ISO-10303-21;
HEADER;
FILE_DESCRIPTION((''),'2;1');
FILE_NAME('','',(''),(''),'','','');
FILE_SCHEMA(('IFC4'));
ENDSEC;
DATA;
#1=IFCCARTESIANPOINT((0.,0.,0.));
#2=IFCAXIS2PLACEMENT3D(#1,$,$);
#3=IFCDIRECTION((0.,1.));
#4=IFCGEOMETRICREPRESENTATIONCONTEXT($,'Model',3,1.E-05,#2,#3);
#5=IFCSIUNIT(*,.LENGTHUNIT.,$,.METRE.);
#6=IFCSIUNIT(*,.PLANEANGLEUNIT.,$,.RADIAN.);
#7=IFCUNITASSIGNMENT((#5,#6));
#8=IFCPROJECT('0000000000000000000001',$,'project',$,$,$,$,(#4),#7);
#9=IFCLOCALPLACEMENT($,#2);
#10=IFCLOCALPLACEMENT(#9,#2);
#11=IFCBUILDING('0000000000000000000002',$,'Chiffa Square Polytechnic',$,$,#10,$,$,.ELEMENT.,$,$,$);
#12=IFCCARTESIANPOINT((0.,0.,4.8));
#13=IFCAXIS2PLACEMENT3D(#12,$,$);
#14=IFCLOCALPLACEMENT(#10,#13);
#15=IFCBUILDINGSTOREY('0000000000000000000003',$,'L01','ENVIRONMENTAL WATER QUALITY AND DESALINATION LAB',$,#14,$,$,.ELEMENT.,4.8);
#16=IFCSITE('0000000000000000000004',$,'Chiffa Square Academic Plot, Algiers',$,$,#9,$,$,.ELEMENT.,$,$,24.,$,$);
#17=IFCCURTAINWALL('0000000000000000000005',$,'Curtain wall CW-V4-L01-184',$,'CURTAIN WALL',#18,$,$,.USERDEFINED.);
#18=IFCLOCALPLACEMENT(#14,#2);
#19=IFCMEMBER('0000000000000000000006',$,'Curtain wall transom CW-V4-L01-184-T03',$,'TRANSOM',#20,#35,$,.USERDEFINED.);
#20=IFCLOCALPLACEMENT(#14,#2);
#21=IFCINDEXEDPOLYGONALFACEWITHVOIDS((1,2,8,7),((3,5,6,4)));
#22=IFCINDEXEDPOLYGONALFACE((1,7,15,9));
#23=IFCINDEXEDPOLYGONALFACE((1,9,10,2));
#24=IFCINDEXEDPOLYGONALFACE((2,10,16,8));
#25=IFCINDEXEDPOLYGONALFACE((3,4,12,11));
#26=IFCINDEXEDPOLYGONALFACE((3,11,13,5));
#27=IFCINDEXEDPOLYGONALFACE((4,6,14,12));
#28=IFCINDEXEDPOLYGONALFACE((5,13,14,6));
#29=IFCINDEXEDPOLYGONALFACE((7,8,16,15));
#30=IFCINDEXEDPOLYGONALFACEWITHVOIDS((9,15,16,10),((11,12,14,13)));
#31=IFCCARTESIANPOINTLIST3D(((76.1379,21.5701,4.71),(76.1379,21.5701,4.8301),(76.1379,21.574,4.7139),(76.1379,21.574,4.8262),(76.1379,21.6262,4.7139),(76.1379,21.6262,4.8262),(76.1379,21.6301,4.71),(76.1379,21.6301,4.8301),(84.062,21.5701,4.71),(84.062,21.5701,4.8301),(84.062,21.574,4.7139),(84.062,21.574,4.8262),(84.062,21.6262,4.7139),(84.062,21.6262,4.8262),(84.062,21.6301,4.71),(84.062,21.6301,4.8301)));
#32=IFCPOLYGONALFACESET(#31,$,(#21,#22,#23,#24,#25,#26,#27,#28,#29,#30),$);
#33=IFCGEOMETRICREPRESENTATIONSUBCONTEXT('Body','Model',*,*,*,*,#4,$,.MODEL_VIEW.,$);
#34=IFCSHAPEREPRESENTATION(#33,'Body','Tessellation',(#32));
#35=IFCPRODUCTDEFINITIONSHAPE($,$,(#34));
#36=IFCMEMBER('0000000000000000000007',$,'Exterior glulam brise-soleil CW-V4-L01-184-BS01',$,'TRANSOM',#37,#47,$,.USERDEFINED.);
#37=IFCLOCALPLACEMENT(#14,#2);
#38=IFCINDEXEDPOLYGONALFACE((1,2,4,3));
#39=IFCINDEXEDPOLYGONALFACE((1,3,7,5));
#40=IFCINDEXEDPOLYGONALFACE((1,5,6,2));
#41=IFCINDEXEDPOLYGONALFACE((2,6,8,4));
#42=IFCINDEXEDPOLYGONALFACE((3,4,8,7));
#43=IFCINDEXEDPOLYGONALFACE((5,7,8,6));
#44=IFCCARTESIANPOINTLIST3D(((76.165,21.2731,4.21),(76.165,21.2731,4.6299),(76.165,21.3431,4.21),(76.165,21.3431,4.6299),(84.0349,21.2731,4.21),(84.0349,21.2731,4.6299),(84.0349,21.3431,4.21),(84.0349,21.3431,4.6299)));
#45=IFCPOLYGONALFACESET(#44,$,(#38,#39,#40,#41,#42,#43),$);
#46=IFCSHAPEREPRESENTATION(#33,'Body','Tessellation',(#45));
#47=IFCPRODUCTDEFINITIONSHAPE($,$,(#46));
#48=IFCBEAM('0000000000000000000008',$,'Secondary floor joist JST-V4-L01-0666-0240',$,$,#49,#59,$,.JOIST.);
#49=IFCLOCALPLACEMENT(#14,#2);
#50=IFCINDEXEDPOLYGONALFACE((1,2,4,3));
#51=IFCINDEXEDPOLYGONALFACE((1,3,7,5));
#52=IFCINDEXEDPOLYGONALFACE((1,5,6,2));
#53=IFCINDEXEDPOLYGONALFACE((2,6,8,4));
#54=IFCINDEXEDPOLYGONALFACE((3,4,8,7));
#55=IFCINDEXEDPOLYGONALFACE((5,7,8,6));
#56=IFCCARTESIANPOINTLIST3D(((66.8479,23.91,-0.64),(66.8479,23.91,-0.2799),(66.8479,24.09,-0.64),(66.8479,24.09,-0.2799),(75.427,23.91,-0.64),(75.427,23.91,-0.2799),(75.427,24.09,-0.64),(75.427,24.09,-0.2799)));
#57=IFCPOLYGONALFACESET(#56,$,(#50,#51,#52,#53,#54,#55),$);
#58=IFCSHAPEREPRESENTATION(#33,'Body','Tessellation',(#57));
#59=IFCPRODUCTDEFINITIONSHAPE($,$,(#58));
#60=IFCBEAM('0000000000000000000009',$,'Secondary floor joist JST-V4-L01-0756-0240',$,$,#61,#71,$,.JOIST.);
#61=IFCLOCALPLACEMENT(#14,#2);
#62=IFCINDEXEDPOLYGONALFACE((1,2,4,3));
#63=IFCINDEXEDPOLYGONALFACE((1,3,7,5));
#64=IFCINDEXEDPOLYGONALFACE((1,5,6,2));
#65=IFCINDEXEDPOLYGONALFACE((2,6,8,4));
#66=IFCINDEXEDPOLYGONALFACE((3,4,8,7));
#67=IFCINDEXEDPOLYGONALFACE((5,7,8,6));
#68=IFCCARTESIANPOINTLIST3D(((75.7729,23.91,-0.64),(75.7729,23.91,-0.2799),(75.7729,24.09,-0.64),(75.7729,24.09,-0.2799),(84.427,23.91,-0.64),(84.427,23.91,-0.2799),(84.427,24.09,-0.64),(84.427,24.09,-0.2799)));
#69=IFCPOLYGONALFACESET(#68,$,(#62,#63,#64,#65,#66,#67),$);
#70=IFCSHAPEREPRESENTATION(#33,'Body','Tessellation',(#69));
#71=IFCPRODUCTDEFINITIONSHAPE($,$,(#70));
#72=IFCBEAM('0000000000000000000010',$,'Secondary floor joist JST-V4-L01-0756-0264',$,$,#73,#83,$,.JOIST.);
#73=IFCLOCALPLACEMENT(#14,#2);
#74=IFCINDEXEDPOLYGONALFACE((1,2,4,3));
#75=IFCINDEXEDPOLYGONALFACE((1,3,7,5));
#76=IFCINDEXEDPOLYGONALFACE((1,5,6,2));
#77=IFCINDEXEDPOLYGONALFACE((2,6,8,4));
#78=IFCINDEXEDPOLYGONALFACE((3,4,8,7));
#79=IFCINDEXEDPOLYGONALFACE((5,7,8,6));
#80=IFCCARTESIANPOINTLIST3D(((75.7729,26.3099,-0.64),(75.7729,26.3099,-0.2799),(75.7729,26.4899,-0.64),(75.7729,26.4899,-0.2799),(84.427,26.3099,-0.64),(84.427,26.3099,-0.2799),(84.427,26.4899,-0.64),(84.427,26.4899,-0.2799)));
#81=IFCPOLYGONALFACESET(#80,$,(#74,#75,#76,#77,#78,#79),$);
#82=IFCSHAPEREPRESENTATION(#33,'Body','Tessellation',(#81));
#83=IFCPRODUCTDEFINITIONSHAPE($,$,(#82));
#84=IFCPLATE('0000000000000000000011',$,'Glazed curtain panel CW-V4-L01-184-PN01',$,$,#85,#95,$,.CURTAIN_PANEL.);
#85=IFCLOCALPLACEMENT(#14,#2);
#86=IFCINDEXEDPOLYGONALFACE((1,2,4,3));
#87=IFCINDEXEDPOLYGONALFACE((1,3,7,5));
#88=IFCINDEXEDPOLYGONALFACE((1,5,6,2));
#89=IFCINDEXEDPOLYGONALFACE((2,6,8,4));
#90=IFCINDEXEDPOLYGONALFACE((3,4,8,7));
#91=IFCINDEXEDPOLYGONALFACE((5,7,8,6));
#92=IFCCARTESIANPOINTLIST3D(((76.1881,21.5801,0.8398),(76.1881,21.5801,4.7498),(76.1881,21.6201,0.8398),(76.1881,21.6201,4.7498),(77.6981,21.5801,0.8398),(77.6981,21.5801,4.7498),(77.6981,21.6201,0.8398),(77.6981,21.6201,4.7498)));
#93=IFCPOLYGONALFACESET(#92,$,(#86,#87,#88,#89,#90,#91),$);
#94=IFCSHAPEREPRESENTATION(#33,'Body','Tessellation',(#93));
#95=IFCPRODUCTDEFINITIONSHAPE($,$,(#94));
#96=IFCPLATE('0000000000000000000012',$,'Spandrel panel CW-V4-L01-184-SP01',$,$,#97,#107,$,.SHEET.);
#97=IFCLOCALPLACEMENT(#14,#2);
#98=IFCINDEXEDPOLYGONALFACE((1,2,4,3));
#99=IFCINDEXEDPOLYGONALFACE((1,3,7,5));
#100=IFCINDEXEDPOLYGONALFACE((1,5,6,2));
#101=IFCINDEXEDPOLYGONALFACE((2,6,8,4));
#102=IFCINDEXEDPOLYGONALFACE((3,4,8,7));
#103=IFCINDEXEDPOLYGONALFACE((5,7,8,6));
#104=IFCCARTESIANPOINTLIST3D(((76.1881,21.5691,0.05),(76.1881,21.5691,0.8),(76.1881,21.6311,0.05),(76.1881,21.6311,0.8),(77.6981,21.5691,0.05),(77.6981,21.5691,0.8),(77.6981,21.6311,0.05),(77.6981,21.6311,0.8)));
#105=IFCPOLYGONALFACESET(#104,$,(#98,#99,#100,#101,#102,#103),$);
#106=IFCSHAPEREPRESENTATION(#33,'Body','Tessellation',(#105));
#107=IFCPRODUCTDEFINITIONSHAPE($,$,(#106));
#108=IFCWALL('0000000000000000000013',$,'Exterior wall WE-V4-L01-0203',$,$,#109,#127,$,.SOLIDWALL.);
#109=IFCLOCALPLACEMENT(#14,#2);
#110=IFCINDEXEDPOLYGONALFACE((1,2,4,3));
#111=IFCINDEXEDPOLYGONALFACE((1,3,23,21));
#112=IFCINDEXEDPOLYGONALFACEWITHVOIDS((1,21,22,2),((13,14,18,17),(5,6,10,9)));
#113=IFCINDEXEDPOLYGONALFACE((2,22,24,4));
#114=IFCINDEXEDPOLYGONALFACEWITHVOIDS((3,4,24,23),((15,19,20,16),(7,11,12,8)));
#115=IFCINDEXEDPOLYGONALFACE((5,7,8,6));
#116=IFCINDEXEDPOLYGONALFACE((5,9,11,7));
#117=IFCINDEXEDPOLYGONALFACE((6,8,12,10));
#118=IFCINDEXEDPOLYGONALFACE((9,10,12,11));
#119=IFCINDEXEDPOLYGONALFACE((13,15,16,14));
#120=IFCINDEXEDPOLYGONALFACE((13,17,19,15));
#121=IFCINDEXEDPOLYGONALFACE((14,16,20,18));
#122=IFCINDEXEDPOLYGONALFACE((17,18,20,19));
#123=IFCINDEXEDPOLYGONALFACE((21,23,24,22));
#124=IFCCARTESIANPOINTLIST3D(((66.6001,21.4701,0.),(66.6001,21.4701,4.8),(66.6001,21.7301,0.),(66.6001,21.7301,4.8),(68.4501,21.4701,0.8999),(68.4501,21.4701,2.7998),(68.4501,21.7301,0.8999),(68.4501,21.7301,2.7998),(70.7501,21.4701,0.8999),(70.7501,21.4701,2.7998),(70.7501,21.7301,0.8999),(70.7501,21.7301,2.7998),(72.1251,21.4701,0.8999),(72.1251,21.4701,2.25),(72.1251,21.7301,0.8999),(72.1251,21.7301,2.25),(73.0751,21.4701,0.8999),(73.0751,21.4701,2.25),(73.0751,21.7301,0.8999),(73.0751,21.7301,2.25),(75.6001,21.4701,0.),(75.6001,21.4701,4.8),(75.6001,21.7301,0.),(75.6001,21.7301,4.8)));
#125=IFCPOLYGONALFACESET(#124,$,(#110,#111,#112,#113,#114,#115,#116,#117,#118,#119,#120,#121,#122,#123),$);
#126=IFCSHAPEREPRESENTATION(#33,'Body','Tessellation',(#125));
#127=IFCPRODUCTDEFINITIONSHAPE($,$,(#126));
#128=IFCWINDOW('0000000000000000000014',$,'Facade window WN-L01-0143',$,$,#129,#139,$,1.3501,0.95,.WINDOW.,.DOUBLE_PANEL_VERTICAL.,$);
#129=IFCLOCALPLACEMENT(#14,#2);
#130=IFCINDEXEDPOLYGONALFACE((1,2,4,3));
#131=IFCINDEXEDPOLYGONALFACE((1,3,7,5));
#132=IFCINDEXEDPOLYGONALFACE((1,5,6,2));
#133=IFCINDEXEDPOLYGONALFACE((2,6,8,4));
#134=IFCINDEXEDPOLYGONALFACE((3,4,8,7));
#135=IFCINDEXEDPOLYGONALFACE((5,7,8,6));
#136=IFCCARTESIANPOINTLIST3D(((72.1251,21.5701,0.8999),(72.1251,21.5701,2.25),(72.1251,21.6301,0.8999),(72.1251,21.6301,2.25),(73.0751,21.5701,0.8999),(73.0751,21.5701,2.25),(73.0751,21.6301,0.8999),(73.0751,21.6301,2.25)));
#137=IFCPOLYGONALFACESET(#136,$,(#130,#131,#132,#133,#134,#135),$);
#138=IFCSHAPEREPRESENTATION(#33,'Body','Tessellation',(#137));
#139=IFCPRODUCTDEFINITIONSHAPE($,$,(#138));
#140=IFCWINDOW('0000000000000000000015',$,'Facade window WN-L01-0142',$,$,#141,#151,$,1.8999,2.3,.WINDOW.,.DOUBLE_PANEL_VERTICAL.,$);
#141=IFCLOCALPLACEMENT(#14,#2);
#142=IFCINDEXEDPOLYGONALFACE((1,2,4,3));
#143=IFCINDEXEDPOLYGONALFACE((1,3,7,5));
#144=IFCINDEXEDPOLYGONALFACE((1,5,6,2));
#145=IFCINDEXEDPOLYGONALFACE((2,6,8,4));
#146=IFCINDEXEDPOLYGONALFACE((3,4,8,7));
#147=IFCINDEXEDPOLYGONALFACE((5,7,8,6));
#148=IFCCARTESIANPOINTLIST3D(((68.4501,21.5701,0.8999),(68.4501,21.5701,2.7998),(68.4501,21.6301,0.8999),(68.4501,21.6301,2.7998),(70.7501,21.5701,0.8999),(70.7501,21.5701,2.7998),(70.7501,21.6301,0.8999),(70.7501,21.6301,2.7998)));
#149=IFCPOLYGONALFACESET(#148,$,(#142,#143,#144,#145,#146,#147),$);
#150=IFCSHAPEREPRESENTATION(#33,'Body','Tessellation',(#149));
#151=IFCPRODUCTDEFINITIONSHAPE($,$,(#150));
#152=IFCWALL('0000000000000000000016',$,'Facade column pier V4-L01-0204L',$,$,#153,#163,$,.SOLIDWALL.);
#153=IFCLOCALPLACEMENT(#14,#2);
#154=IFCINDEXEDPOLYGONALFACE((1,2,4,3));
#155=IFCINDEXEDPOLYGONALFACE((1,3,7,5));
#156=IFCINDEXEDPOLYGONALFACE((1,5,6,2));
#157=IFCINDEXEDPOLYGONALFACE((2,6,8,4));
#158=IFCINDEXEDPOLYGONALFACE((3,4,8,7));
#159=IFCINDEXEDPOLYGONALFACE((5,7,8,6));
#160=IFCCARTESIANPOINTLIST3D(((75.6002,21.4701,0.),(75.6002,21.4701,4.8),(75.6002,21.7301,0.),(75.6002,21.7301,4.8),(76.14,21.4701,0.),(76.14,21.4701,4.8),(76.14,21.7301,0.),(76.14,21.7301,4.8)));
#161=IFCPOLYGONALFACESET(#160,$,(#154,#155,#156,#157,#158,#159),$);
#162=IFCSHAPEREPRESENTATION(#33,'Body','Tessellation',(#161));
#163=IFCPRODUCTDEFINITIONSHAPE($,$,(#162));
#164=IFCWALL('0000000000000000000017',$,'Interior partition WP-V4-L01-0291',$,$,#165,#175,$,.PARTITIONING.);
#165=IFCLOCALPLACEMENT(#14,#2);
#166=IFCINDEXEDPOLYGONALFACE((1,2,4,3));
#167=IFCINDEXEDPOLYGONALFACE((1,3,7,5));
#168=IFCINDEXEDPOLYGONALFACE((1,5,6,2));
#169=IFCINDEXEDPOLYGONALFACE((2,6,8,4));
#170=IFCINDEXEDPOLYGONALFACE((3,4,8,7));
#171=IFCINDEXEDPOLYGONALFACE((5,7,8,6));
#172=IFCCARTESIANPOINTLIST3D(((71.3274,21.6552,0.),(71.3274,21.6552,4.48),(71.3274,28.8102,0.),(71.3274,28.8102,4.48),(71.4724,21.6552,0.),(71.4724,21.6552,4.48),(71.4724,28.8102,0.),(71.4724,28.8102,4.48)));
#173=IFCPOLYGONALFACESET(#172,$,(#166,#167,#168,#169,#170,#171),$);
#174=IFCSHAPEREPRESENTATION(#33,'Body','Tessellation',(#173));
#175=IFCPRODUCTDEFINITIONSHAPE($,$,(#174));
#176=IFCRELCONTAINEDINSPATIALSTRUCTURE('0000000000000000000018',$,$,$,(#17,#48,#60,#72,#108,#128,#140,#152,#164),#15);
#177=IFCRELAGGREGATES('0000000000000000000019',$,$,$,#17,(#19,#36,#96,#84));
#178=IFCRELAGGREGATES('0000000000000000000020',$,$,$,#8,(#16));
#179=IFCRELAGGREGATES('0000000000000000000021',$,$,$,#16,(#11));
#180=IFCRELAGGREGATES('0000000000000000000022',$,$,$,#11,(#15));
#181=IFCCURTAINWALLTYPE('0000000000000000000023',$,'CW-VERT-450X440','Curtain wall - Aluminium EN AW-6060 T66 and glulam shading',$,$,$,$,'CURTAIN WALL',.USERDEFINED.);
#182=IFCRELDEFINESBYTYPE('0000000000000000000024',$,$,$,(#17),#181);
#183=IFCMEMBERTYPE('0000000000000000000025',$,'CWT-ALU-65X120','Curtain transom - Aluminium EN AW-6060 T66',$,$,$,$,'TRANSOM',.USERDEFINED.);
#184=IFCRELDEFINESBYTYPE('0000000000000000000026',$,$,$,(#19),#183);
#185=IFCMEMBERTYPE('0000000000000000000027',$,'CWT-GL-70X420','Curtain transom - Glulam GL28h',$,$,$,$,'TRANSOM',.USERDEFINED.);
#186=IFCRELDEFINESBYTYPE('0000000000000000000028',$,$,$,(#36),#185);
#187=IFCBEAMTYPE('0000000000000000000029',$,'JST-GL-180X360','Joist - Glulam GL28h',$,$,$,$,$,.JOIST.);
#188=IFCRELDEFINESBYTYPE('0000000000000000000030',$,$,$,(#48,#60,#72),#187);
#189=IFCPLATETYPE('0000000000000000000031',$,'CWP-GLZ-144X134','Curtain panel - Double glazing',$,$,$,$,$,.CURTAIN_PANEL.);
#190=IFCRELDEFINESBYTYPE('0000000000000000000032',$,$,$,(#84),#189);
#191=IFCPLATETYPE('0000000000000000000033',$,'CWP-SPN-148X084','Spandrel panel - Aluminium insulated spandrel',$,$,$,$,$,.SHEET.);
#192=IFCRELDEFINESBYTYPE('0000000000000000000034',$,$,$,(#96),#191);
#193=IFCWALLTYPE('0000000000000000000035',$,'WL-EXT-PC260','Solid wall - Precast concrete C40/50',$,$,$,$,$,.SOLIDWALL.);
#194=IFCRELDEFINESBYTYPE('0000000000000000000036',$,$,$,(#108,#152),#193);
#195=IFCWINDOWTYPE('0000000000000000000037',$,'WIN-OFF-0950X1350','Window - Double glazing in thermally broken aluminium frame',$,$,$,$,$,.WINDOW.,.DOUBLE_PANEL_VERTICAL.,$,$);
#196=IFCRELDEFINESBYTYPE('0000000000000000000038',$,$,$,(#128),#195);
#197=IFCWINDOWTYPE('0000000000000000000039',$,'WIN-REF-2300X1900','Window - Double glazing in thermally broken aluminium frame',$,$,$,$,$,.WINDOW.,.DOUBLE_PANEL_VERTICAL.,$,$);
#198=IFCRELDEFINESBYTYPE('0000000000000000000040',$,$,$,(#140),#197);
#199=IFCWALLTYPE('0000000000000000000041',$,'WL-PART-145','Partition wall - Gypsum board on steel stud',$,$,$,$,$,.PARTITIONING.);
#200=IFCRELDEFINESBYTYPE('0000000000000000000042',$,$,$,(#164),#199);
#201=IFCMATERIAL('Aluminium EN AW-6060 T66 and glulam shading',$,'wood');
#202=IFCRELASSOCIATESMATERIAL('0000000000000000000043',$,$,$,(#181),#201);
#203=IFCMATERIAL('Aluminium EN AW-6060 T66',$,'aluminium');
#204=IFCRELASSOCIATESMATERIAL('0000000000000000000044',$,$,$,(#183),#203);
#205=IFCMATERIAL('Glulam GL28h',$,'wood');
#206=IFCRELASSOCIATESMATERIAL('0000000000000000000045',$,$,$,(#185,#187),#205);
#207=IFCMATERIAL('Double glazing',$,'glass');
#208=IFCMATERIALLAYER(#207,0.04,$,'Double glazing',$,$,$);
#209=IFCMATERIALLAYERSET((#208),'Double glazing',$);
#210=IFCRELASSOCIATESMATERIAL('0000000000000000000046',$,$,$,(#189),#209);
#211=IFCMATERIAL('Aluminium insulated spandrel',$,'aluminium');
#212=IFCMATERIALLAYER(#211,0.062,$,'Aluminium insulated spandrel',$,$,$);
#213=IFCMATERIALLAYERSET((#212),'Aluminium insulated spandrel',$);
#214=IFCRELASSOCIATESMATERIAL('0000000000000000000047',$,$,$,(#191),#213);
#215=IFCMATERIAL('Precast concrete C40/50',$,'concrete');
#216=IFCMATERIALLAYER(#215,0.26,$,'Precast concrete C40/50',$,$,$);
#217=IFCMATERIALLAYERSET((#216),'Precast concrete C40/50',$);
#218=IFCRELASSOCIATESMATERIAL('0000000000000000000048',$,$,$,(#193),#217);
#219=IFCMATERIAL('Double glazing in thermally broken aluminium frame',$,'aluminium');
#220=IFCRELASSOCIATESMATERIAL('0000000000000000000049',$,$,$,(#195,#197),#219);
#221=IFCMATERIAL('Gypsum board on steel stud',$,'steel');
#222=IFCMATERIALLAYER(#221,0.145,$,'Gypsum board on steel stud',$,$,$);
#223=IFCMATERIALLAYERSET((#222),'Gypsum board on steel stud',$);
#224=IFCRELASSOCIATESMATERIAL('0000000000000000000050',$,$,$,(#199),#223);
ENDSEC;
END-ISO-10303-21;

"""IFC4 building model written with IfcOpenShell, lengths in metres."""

from ifc_helpers import new_model, si_unit, direction, frame, frame_2d, origin, origin_2d, place, context, subcontext, project, spatial, rectangle, hollow_rectangle, extrude, material, layer, layer_set, material_profile, profile_set, type_object, element, fill, aggregate, save


model = new_model("IFC4")

# Units and contexts
model_context = context("Model", 3, precision=1e-05, world=origin(), true_north=direction((0.0, 1.0)))
body_context = subcontext(model_context, "Body", "Model", "MODEL_VIEW")
ifc_project = project(units=[si_unit("LENGTHUNIT", "METRE"), si_unit("PLANEANGLEUNIT", "RADIAN")], contexts=[model_context])

# Site, building, storey
site_placement = place(None, origin())
site = spatial("IfcSite", under=ifc_project, at=site_placement, Name="Chiffa Square Academic Plot, Algiers", CompositionType="ELEMENT", RefElevation=24.0)
building_placement = place(site_placement, origin())
building = spatial("IfcBuilding", under=site, at=building_placement, Name="Chiffa Square Polytechnic", CompositionType="ELEMENT")
storey_placement = place(building_placement, frame((0.0, 0.0, 4.8)))
storey = spatial("IfcBuildingStorey", under=building, at=storey_placement, Name="L01", Description="ENVIRONMENTAL WATER QUALITY AND DESALINATION LAB", CompositionType="ELEMENT", Elevation=4.8)

# Curtain wall, members
ifc_material_1 = material(Name="Aluminium EN AW-6060 T66 and glulam shading", Category="wood")
curtain_wall_type = type_object("IfcCurtainWallType", Name="CW-VERT-450X440", Description="Curtain wall - Aluminium EN AW-6060 T66 and glulam shading", ElementType="CURTAIN WALL", PredefinedType="USERDEFINED", material=ifc_material_1)
curtain_wall_placement = place(storey_placement, origin())
curtain_wall = element("IfcCurtainWall", 1, at=curtain_wall_placement, inside=storey, type_object=curtain_wall_type, Name="Curtain wall CW-V4-L01-184", ObjectType="CURTAIN WALL", PredefinedType="USERDEFINED")
ifc_material_2 = material(Name="Aluminium EN AW-6060 T66", Category="aluminium")
ifc_material_3 = material(Name="Glulam GL28h", Category="wood")
ifc_material_profile_1 = material_profile(ifc_material_2, hollow_rectangle(XDim=0.0601, YDim=0.1201, WallThickness=0.0039, at=origin_2d()), Name="ALU 60x120x4")
ifc_profile_set_1 = profile_set([ifc_material_profile_1], Name="Aluminium EN AW-6060 T66")
member_type_1 = type_object("IfcMemberType", Name="CWT-ALU-65X120", Description="Curtain transom - Aluminium EN AW-6060 T66", ElementType="TRANSOM", PredefinedType="USERDEFINED", material=ifc_profile_set_1)
member_1_placement = place(storey_placement, frame((76.1379, 21.6001, 4.77), z_axis=(1.0, 0.0, 0.0), x_axis=(0.0, 1.0, 0.0)))
member_1 = element("IfcMember", 2, at=member_1_placement, type_object=member_type_1, Name="Curtain wall transom CW-V4-L01-184-T03", ObjectType="TRANSOM", PredefinedType="USERDEFINED", context=body_context, shape_type="SweptSolid", body=[
    extrude(hollow_rectangle(XDim=0.0601, YDim=0.1201, WallThickness=0.0039, at=origin_2d()), origin(), (0.0, 0.0, 1.0), 7.9241),
])
ifc_material_profile_2 = material_profile(ifc_material_3, rectangle(XDim=0.0701, YDim=0.4199, at=origin_2d()), Name="GL28h 70x420")
ifc_profile_set_2 = profile_set([ifc_material_profile_2], Name="Glulam GL28h")
member_type_2 = type_object("IfcMemberType", Name="CWT-GL-70X420", Description="Curtain transom - Glulam GL28h", ElementType="TRANSOM", PredefinedType="USERDEFINED", material=ifc_profile_set_2)
member_2_placement = place(storey_placement, frame((76.165, 21.3081, 4.4199), z_axis=(1.0, 0.0, 0.0), x_axis=(0.0, 1.0, 0.0)))
member_2 = element("IfcMember", 3, at=member_2_placement, type_object=member_type_2, Name="Exterior glulam brise-soleil CW-V4-L01-184-BS01", ObjectType="TRANSOM", PredefinedType="USERDEFINED", context=body_context, shape_type="SweptSolid", body=[
    extrude(rectangle(XDim=0.0701, YDim=0.4199, at=origin_2d()), origin(), (0.0, 0.0, 1.0), 7.8699),
])

# Beams
ifc_material_profile_3 = material_profile(ifc_material_3, rectangle(XDim=0.1799, YDim=0.3601, at=origin_2d()), Name="GL28h 180x360")
ifc_profile_set_3 = profile_set([ifc_material_profile_3], Name="Glulam GL28h")
beam_type_1 = type_object("IfcBeamType", Name="JST-GL-180X360", Description="Joist - Glulam GL28h", PredefinedType="JOIST", material=ifc_profile_set_3)
beam_1_placement = place(storey_placement, frame((66.8479, 24.0, -0.46), z_axis=(1.0, 0.0, 0.0), x_axis=(0.0, 1.0, 0.0)))
element("IfcBeam", 4, at=beam_1_placement, inside=storey, type_object=beam_type_1, Name="Secondary floor joist JST-V4-L01-0666-0240", PredefinedType="JOIST", context=body_context, shape_type="SweptSolid", body=[
    extrude(rectangle(XDim=0.1799, YDim=0.3601, at=origin_2d()), origin(), (0.0, 0.0, 1.0), 8.5791),
])
for number, where, z_axis, x_axis, name in (
    (5, (75.7729, 24.0, -0.46), (1.0, 0.0, 0.0), (0.0, 1.0, 0.0), "Secondary floor joist JST-V4-L01-0756-0240"),
    (6, (75.7729, 26.3999, -0.46), (1.0, 0.0, 0.0), (0.0, 1.0, 0.0), "Secondary floor joist JST-V4-L01-0756-0264"),
):
    element("IfcBeam", number, at=place(storey_placement, frame(where, z_axis=z_axis, x_axis=x_axis)), inside=storey, type_object=beam_type_1, Name=name, PredefinedType="JOIST", context=body_context, shape_type="SweptSolid", body=[
        extrude(rectangle(XDim=0.1799, YDim=0.3601, at=origin_2d()), origin(), (0.0, 0.0, 1.0), 8.6541),
    ])

# Plates
ifc_material_4 = material(Name="Double glazing", Category="glass")
ifc_layer_1 = layer(ifc_material_4, 0.04, Name="Double glazing")
ifc_layer_set_1 = layer_set([ifc_layer_1], Name="Double glazing")
plate_type_1 = type_object("IfcPlateType", Name="CWP-GLZ-144X134", Description="Curtain panel - Double glazing", PredefinedType="CURTAIN_PANEL", material=ifc_layer_set_1)
plate_1_placement = place(storey_placement, frame((76.9431, 21.6001, 0.8398), z_axis=(0.0, 0.0, 1.0), x_axis=(1.0, 0.0, 0.0)))
plate_1 = element("IfcPlate", 7, at=plate_1_placement, type_object=plate_type_1, Name="Glazed curtain panel CW-V4-L01-184-PN01", PredefinedType="CURTAIN_PANEL", context=body_context, shape_type="SweptSolid", body=[
    extrude(rectangle(XDim=1.51, YDim=0.04, at=origin_2d()), origin(), (0.0, 0.0, 1.0), 3.9099),
])
ifc_material_5 = material(Name="Aluminium insulated spandrel", Category="aluminium")
ifc_layer_2 = layer(ifc_material_5, 0.062, Name="Aluminium insulated spandrel")
ifc_layer_set_2 = layer_set([ifc_layer_2], Name="Aluminium insulated spandrel")
plate_type_2 = type_object("IfcPlateType", Name="CWP-SPN-148X084", Description="Spandrel panel - Aluminium insulated spandrel", PredefinedType="SHEET", material=ifc_layer_set_2)
plate_2_placement = place(storey_placement, frame((76.9431, 21.6001, 0.05), z_axis=(0.0, 0.0, 1.0), x_axis=(1.0, 0.0, 0.0)))
plate_2 = element("IfcPlate", 8, at=plate_2_placement, type_object=plate_type_2, Name="Spandrel panel CW-V4-L01-184-SP01", PredefinedType="SHEET", context=body_context, shape_type="SweptSolid", body=[
    extrude(rectangle(XDim=1.51, YDim=0.062, at=origin_2d()), origin(), (0.0, 0.0, 1.0), 0.75),
])
aggregate(curtain_wall, [member_1, member_2, plate_2, plate_1])

# Wall, openings, windows
ifc_material_6 = material(Name="Precast concrete C40/50", Category="concrete")
ifc_layer_3 = layer(ifc_material_6, 0.26, Name="Precast concrete C40/50")
ifc_layer_set_3 = layer_set([ifc_layer_3], Name="Precast concrete C40/50")
wall_type_1 = type_object("IfcWallType", Name="WL-EXT-PC260", Description="Solid wall - Precast concrete C40/50", PredefinedType="SOLIDWALL", material=ifc_layer_set_3)
wall_1_placement = place(storey_placement, frame((66.6001, 21.6001, 0.0), z_axis=(0.0, 0.0, 1.0), x_axis=(1.0, 0.0, 0.0)))
wall_1 = element("IfcWall", 9, at=wall_1_placement, inside=storey, type_object=wall_type_1, Name="Exterior wall WE-V4-L01-0203", PredefinedType="SOLIDWALL", context=body_context, shape_type="SweptSolid", body=[
    extrude(rectangle(XDim=9.0, YDim=0.26, at=frame_2d((4.5, 0.0))), origin(), (0.0, 0.0, 1.0), 4.8),
])
opening_1_placement = place(wall_1_placement, frame((1.8501, 0.0, 0.8999)))
opening_1 = element("IfcOpeningElement", 10, at=opening_1_placement, cuts=wall_1, PredefinedType="OPENING", context=body_context, shape_type="SweptSolid", body=[
    extrude(rectangle(XDim=2.3, YDim=1.8999, at=frame_2d((1.1499, 0.95))), frame((0.0, 0.1401, 0.0), z_axis=(0.0, -1.0, 0.0), x_axis=(1.0, 0.0, 0.0)), (0.0, 0.0, 1.0), 0.28),
])
opening_2_placement = place(wall_1_placement, frame((5.5249, 0.0, 0.8999)))
opening_2 = element("IfcOpeningElement", 11, at=opening_2_placement, cuts=wall_1, PredefinedType="OPENING", context=body_context, shape_type="SweptSolid", body=[
    extrude(rectangle(XDim=0.95, YDim=1.3501, at=frame_2d((0.4751, 0.675))), frame((0.0, 0.1401, 0.0), z_axis=(0.0, -1.0, 0.0), x_axis=(1.0, 0.0, 0.0)), (0.0, 0.0, 1.0), 0.28),
])
ifc_material_7 = material(Name="Double glazing in thermally broken aluminium frame", Category="aluminium")
window_type_1 = type_object("IfcWindowType", Name="WIN-OFF-0950X1350", Description="Window - Double glazing in thermally broken aluminium frame", PartitioningType="DOUBLE_PANEL_VERTICAL", PredefinedType="WINDOW", material=ifc_material_7)
window_1_placement = place(opening_2_placement, origin())
window_1 = element("IfcWindow", 12, at=window_1_placement, inside=storey, type_object=window_type_1, Name="Facade window WN-L01-0143", OverallHeight=1.3501, OverallWidth=0.95, PartitioningType="DOUBLE_PANEL_VERTICAL", PredefinedType="WINDOW", context=body_context, shape_type="SweptSolid", body=[
    extrude(rectangle(XDim=0.95, YDim=1.3501, at=frame_2d((0.4751, 0.675))), frame((0.0, 0.03, 0.0), z_axis=(0.0, -1.0, 0.0), x_axis=(1.0, 0.0, 0.0)), (0.0, 0.0, 1.0), 0.0601),
])
fill(opening_2, window_1)
window_type_2 = type_object("IfcWindowType", Name="WIN-REF-2300X1900", Description="Window - Double glazing in thermally broken aluminium frame", PartitioningType="DOUBLE_PANEL_VERTICAL", PredefinedType="WINDOW", material=ifc_material_7)
window_2_placement = place(opening_1_placement, origin())
window_2 = element("IfcWindow", 13, at=window_2_placement, inside=storey, type_object=window_type_2, Name="Facade window WN-L01-0142", OverallHeight=1.8999, OverallWidth=2.3, PartitioningType="DOUBLE_PANEL_VERTICAL", PredefinedType="WINDOW", context=body_context, shape_type="SweptSolid", body=[
    extrude(rectangle(XDim=2.3, YDim=1.8999, at=frame_2d((1.1499, 0.95))), frame((0.0, 0.03, 0.0), z_axis=(0.0, -1.0, 0.0), x_axis=(1.0, 0.0, 0.0)), (0.0, 0.0, 1.0), 0.0601),
])
fill(opening_1, window_2)

# Walls
wall_2_placement = place(storey_placement, frame((75.6001, 21.6001, 0.0), z_axis=(0.0, 0.0, 1.0), x_axis=(1.0, 0.0, 0.0)))
element("IfcWall", 14, at=wall_2_placement, inside=storey, type_object=wall_type_1, Name="Facade column pier V4-L01-0204L", PredefinedType="SOLIDWALL", context=body_context, shape_type="SweptSolid", body=[
    extrude(rectangle(XDim=0.5398, YDim=0.26, at=frame_2d((0.27, 0.0))), origin(), (0.0, 0.0, 1.0), 4.8),
])
ifc_material_8 = material(Name="Gypsum board on steel stud", Category="steel")
ifc_layer_4 = layer(ifc_material_8, 0.145, Name="Gypsum board on steel stud")
ifc_layer_set_4 = layer_set([ifc_layer_4], Name="Gypsum board on steel stud")
wall_type_2 = type_object("IfcWallType", Name="WL-PART-145", Description="Partition wall - Gypsum board on steel stud", PredefinedType="PARTITIONING", material=ifc_layer_set_4)
wall_3_placement = place(storey_placement, frame((71.3999, 21.655, 0.0), z_axis=(0.0, 0.0, 1.0), x_axis=(0.0, 1.0, 0.0)))
element("IfcWall", 15, at=wall_3_placement, inside=storey, type_object=wall_type_2, Name="Interior partition WP-V4-L01-0291", PredefinedType="PARTITIONING", context=body_context, shape_type="SweptSolid", body=[
    extrude(rectangle(XDim=7.155, YDim=0.145, at=frame_2d((3.5776, 0.0))), origin(), (0.0, 0.0, 1.0), 4.48),
])

save(model, "model.ifc")
